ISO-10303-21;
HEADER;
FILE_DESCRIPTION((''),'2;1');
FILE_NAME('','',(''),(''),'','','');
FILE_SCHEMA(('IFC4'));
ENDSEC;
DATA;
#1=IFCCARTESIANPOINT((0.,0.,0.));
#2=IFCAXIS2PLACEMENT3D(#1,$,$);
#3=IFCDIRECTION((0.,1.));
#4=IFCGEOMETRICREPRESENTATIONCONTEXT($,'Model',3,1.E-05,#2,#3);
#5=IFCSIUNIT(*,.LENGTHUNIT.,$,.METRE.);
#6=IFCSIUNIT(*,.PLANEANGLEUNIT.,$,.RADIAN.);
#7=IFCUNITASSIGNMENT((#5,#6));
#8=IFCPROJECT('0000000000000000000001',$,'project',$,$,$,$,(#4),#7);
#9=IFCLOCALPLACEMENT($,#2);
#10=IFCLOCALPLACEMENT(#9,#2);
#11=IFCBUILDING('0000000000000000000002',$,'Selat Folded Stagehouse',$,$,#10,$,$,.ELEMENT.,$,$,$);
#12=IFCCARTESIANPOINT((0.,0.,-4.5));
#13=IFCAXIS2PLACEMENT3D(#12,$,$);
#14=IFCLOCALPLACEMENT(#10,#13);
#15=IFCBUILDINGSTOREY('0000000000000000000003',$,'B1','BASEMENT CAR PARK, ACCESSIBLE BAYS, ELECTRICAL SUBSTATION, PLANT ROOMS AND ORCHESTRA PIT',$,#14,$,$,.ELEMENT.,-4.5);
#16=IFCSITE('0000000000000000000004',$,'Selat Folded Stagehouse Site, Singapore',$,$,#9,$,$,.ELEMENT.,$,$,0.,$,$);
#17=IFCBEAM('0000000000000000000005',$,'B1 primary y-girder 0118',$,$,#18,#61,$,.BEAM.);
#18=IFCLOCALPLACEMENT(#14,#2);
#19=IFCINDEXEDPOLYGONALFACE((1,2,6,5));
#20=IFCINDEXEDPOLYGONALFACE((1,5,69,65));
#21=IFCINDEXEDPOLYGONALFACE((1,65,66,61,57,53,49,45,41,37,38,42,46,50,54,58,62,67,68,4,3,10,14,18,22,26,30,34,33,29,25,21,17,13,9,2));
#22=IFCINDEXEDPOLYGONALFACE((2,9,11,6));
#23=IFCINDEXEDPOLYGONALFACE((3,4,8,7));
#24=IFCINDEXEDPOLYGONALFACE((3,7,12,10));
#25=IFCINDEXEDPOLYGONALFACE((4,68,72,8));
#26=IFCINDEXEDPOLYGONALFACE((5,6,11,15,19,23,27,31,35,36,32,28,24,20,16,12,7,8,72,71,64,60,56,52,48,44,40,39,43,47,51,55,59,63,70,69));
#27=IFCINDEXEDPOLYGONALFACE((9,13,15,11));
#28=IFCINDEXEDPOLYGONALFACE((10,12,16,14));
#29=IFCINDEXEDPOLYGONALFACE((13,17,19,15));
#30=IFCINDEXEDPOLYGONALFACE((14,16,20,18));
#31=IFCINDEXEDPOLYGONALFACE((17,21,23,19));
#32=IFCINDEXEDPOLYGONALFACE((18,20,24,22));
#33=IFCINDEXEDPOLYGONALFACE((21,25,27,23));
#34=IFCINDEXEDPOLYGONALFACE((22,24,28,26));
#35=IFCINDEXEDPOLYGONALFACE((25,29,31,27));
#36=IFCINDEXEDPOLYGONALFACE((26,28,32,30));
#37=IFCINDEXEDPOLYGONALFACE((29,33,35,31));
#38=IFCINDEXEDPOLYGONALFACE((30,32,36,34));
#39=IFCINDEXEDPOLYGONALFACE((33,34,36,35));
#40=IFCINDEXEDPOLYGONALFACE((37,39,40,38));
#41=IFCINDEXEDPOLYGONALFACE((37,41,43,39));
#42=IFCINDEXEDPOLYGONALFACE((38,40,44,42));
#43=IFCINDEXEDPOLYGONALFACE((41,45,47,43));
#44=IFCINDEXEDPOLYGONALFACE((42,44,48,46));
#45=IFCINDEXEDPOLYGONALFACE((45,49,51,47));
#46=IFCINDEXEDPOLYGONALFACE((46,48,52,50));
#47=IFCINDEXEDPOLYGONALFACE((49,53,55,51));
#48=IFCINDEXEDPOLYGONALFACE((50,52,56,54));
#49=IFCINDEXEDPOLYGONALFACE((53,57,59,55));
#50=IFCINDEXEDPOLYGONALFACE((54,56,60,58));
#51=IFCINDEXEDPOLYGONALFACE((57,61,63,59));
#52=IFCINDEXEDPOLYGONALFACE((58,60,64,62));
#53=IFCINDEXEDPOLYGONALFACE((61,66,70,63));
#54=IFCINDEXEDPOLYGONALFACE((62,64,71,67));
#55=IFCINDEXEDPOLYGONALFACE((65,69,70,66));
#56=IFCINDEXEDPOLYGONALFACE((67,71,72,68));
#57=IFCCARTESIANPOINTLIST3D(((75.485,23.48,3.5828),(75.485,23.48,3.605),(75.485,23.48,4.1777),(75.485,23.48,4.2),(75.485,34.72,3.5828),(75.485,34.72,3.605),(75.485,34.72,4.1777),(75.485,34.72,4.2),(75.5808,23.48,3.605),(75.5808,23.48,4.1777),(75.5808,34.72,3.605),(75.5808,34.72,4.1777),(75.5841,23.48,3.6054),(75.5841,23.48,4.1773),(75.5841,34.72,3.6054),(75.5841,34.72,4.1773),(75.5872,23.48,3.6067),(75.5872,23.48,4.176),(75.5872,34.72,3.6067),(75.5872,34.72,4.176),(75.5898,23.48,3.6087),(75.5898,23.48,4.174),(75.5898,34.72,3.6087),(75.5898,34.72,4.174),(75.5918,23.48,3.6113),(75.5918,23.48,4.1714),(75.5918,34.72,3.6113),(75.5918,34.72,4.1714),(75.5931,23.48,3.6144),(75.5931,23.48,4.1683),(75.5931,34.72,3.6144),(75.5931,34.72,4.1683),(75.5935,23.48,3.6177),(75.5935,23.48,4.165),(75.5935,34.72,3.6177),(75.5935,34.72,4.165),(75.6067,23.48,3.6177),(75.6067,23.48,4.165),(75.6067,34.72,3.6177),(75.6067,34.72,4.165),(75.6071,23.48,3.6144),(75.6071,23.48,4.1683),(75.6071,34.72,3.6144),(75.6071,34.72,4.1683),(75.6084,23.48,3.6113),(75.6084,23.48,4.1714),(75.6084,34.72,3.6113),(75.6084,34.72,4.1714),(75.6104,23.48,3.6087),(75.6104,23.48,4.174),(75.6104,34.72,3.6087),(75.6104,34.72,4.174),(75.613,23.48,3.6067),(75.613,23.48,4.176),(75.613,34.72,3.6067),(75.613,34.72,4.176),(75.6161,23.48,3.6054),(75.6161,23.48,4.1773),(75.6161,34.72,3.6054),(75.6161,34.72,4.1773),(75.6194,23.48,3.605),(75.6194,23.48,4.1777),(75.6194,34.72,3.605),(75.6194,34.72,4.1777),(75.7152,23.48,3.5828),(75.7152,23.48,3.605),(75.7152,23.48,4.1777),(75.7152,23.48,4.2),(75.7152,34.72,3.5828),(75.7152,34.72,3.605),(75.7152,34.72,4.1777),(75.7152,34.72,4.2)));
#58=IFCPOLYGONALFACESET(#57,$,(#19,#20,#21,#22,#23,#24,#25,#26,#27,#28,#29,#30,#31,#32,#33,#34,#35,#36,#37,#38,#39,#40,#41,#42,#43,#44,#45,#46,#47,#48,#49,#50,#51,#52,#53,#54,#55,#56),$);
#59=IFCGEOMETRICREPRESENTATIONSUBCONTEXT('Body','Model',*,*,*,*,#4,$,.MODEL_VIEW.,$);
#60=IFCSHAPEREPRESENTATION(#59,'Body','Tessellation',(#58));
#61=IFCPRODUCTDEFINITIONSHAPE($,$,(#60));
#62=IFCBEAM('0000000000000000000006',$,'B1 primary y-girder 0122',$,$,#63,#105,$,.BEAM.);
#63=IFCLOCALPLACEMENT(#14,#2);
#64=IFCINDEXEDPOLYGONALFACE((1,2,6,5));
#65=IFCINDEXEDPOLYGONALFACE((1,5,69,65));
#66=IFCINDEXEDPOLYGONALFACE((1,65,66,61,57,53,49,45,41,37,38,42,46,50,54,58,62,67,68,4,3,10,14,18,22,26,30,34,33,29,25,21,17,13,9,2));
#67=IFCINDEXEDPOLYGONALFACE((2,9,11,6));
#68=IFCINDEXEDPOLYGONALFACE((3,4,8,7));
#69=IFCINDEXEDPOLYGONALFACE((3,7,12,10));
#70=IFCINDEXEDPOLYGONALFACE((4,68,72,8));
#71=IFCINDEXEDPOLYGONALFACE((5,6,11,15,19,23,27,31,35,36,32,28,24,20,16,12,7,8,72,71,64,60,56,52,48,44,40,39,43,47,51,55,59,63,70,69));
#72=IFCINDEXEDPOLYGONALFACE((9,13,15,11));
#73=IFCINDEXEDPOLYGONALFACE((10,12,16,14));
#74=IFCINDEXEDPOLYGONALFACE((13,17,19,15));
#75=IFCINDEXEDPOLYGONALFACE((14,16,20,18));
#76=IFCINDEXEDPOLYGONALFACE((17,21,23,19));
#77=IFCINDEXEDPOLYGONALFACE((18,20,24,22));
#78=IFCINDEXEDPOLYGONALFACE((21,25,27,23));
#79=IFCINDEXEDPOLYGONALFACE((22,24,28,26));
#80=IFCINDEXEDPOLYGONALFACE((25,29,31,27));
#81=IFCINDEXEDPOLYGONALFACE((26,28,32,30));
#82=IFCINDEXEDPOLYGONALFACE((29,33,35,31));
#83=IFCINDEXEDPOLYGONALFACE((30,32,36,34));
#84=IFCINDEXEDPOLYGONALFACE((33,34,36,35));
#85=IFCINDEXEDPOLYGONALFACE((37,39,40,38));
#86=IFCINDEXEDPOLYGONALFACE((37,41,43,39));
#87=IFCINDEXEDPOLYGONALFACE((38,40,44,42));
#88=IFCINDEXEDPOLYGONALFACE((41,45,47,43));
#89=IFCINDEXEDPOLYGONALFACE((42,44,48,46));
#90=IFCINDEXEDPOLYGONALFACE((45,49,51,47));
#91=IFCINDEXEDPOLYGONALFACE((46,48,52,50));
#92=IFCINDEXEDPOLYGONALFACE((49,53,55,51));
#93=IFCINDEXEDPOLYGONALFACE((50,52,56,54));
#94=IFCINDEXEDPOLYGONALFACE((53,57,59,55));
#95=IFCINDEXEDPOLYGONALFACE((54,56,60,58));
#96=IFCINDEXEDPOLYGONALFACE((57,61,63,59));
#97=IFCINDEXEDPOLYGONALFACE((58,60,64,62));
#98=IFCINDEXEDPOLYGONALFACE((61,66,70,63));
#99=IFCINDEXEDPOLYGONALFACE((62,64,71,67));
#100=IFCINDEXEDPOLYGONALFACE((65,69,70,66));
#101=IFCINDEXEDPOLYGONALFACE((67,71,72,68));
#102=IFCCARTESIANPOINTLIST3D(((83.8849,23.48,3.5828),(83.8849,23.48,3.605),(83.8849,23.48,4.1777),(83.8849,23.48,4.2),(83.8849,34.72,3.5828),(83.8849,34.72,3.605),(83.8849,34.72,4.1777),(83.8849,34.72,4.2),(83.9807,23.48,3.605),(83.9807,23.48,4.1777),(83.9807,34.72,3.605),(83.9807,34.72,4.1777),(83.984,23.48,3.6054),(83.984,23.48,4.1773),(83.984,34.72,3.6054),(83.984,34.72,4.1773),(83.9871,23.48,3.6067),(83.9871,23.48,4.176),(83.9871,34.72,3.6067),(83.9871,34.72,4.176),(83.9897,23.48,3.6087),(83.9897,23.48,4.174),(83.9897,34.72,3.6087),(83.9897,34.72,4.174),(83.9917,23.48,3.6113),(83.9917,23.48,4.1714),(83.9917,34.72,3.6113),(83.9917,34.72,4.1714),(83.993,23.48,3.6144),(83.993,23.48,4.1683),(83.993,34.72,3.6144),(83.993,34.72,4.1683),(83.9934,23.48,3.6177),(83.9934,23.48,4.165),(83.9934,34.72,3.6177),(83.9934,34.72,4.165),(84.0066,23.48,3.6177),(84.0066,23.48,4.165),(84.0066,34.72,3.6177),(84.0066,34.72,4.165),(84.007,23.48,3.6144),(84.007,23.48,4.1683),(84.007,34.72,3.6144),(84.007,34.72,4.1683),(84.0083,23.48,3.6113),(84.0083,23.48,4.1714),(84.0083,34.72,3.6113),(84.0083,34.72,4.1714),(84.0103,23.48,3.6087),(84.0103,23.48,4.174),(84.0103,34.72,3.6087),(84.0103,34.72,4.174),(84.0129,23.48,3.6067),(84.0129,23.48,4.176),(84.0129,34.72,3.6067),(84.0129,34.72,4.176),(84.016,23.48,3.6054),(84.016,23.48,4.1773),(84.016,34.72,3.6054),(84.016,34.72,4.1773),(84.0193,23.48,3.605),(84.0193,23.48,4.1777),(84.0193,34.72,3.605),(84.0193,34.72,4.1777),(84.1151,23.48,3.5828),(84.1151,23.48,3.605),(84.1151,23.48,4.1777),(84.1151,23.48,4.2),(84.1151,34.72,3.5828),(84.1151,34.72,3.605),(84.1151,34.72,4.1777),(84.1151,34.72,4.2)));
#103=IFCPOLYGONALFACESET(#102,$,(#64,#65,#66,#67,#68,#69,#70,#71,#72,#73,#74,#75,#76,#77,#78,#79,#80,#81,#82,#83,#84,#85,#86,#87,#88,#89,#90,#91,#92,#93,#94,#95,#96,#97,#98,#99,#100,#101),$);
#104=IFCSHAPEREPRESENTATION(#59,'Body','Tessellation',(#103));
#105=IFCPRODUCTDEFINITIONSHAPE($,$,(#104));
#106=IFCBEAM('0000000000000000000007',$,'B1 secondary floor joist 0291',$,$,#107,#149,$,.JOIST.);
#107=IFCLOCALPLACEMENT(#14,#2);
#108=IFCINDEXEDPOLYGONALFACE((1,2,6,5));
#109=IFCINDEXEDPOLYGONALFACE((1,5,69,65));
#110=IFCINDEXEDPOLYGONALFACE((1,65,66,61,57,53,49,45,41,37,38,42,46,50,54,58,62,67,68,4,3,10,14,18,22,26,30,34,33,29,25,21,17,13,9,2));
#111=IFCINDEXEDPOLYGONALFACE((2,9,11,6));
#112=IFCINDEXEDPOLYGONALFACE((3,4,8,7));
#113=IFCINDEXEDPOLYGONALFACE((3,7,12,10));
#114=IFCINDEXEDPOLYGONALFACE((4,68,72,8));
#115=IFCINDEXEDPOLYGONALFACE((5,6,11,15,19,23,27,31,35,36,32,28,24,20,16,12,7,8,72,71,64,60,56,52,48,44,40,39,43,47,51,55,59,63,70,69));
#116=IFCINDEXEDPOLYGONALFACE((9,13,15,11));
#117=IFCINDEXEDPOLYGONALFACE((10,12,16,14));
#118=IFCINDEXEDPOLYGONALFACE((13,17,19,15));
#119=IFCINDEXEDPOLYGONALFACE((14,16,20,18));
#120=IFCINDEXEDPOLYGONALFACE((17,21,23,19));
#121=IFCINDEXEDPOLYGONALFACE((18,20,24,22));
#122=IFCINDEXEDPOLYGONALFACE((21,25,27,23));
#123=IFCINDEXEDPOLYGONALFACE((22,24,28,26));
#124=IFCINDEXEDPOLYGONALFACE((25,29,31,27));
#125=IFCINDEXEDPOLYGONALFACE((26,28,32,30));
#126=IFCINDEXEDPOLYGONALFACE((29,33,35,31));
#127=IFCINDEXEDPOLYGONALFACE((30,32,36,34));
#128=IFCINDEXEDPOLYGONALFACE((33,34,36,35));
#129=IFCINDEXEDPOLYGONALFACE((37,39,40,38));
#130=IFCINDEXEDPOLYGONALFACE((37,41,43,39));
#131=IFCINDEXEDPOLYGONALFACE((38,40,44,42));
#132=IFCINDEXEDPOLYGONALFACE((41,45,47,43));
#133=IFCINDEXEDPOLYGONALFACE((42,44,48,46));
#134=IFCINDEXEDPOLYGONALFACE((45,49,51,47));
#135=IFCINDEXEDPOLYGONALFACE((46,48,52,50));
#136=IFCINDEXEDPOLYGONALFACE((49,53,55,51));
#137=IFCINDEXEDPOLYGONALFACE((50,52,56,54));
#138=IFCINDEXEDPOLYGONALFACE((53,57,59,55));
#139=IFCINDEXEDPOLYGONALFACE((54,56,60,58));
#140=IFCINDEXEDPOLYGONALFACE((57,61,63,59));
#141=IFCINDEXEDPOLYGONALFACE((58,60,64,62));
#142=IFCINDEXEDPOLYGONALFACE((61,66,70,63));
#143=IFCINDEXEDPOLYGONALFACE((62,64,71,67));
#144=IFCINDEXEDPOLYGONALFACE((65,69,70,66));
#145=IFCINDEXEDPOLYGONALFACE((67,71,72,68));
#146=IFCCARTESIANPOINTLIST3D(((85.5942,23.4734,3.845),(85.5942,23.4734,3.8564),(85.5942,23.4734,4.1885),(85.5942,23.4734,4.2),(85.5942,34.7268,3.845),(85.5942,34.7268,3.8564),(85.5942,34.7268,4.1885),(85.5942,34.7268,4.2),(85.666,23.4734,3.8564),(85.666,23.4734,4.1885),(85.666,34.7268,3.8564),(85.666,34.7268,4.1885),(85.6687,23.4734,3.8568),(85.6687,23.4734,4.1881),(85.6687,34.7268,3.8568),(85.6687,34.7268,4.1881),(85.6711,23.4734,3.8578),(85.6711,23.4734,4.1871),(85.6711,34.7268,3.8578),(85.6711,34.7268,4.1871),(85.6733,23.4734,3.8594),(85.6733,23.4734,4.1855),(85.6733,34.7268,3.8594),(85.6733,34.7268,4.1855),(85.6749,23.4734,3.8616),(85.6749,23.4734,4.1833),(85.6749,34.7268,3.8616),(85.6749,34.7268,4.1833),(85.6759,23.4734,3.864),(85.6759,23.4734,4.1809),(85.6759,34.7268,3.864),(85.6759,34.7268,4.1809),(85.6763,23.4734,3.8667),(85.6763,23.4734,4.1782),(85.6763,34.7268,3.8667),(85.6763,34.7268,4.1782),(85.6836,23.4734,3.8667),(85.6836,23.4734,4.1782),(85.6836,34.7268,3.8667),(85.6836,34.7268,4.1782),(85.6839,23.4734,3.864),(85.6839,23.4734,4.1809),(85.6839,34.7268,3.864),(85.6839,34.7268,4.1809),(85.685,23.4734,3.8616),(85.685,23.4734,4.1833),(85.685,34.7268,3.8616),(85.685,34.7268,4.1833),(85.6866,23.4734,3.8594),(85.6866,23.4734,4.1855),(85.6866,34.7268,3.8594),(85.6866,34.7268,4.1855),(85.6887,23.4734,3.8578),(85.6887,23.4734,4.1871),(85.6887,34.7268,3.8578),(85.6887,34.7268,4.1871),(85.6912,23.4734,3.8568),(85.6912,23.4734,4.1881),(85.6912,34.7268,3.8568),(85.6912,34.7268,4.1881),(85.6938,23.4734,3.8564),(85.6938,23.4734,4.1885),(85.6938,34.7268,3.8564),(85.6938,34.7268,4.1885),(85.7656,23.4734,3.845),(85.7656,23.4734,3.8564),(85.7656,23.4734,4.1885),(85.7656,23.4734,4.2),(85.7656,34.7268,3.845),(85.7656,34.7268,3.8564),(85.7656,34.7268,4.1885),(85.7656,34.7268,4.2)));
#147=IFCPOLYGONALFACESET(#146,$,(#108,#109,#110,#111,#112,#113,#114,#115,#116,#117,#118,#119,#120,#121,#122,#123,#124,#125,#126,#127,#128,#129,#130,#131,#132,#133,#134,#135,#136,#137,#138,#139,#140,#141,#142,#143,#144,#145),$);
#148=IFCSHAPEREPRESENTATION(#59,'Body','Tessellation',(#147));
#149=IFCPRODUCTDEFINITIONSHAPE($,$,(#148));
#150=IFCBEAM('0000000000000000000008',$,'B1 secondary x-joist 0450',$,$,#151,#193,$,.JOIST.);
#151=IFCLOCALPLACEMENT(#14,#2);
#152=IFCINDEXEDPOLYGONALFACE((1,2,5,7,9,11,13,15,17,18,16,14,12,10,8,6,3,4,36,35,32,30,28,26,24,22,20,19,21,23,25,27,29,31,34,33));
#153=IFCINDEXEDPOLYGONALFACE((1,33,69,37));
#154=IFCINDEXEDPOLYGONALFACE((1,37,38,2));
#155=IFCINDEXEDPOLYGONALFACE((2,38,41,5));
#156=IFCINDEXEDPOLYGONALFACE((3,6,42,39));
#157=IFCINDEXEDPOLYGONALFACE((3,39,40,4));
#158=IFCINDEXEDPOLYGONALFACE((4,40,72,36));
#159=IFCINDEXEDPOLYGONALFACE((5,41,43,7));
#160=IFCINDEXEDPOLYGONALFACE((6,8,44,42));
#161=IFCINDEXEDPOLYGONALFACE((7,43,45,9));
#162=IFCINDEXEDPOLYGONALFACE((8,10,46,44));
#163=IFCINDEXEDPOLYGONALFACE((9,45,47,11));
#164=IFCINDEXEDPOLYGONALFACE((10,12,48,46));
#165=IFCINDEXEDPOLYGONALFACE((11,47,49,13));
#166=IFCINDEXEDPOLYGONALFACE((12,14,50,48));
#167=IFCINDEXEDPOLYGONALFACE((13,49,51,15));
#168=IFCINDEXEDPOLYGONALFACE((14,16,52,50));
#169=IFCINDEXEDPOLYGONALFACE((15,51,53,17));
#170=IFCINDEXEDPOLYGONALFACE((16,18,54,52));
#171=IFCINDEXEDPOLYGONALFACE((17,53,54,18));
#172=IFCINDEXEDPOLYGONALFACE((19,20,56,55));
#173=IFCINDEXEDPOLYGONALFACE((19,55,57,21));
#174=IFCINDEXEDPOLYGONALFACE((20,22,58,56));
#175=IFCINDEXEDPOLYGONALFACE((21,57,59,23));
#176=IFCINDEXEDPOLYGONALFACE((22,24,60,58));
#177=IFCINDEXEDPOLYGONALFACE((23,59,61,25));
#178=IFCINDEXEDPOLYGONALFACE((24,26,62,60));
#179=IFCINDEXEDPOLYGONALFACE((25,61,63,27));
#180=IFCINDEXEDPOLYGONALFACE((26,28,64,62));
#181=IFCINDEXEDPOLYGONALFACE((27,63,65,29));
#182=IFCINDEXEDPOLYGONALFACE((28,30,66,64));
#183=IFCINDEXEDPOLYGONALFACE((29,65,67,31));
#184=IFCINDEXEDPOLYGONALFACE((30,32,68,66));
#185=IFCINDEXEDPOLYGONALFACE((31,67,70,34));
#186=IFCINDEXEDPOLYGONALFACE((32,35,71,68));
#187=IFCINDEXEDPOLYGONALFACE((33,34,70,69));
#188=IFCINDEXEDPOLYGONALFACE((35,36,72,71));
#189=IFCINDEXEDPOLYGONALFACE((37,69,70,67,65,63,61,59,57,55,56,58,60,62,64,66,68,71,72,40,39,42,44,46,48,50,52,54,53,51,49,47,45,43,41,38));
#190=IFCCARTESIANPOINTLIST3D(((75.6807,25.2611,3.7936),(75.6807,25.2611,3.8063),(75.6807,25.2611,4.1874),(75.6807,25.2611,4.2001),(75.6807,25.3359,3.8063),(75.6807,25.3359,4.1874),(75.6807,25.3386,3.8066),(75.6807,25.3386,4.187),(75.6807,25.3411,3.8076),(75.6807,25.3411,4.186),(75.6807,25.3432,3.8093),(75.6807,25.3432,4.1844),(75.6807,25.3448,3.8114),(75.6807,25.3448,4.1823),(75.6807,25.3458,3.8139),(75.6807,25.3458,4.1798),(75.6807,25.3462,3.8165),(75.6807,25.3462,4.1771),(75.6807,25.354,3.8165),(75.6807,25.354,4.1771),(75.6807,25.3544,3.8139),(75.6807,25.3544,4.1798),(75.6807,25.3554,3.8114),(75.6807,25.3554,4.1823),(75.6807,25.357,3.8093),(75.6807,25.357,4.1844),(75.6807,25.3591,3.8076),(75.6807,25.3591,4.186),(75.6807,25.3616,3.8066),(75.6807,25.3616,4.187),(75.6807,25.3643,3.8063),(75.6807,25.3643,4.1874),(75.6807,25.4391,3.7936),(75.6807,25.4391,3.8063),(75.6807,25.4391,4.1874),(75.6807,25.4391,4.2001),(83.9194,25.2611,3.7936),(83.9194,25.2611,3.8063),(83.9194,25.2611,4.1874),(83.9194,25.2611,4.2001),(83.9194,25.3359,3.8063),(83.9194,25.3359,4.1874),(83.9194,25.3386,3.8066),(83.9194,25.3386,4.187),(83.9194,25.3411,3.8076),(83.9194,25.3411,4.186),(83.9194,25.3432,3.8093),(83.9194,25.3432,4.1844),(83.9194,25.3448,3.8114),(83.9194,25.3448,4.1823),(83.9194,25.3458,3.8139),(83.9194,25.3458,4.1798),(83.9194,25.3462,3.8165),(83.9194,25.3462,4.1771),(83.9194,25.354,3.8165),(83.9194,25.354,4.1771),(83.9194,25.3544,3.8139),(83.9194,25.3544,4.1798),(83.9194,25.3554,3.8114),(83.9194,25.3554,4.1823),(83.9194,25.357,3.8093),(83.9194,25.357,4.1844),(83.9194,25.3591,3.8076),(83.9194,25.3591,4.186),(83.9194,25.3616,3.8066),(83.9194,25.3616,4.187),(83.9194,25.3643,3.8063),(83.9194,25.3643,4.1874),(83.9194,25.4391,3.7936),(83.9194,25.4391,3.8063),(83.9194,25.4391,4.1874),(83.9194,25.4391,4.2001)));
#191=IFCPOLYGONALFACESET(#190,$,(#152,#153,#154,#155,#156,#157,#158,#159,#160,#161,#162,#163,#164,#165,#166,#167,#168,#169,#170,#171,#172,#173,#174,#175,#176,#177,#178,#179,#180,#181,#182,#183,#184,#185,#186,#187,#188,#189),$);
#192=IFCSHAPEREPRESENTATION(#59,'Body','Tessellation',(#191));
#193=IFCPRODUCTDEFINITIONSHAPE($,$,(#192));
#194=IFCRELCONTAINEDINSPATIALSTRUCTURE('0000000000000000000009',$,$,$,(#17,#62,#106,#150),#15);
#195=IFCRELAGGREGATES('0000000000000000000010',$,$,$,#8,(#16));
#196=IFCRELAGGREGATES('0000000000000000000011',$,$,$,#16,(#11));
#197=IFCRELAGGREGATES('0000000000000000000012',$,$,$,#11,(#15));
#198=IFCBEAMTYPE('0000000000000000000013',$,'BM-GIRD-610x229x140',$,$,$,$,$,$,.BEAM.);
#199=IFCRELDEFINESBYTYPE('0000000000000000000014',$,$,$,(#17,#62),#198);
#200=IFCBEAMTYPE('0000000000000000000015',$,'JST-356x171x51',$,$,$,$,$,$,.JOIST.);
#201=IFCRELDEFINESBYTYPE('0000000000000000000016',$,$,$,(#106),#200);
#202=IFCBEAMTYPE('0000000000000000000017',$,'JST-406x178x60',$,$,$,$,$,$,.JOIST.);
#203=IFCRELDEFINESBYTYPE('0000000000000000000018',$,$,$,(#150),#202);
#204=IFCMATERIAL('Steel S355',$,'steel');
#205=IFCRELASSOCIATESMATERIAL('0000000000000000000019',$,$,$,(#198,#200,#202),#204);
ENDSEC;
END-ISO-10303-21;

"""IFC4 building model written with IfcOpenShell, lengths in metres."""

from ifc_helpers import new_model, si_unit, direction, frame, origin, origin_2d, place, context, subcontext, project, spatial, i_section, extrude, material, material_profile, profile_set, type_object, element, save


model = new_model("IFC4")

# Units and contexts
model_context = context("Model", 3, precision=1e-05, world=origin(), true_north=direction((0.0, 1.0)))
body_context = subcontext(model_context, "Body", "Model", "MODEL_VIEW")
ifc_project = project(units=[si_unit("LENGTHUNIT", "METRE"), si_unit("PLANEANGLEUNIT", "RADIAN")], contexts=[model_context])

# Site, building, storey
site_placement = place(None, origin())
site = spatial("IfcSite", under=ifc_project, at=site_placement, Name="Selat Folded Stagehouse Site, Singapore", CompositionType="ELEMENT", RefElevation=0.0)
building_placement = place(site_placement, origin())
building = spatial("IfcBuilding", under=site, at=building_placement, Name="Selat Folded Stagehouse", CompositionType="ELEMENT")
storey_placement = place(building_placement, frame((0.0, 0.0, -4.5)))
storey = spatial("IfcBuildingStorey", under=building, at=storey_placement, Name="B1", Description="BASEMENT CAR PARK, ACCESSIBLE BAYS, ELECTRICAL SUBSTATION, PLANT ROOMS AND ORCHESTRA PIT", CompositionType="ELEMENT", Elevation=-4.5)

# Beams
ifc_material_1 = material(Name="Steel S355", Category="steel")
ifc_material_profile_1 = material_profile(ifc_material_1, i_section(OverallWidth=0.2302, OverallDepth=0.6172, WebThickness=0.0132, FlangeThickness=0.0222, FilletRadius=0.0127, at=origin_2d()), Name="UKB 610x229x140")
ifc_profile_set_1 = profile_set([ifc_material_profile_1], Name="Steel S355")
beam_type_1 = type_object("IfcBeamType", Name="BM-GIRD-610x229x140", PredefinedType="BEAM", material=ifc_profile_set_1)
for number, where, z_axis, x_axis, name in (
    (1, (75.6001, 23.48, 3.8914), (0.0, 1.0, 0.0), (-1.0, 0.0, 0.0), "B1 primary y-girder 0118"),
    (2, (84.0, 23.48, 3.8914), (0.0, 1.0, 0.0), (-1.0, 0.0, 0.0), "B1 primary y-girder 0122"),
):
    element("IfcBeam", number, at=place(storey_placement, frame(where, z_axis=z_axis, x_axis=x_axis)), inside=storey, type_object=beam_type_1, Name=name, PredefinedType="BEAM", context=body_context, shape_type="SweptSolid", body=[
        extrude(i_section(OverallWidth=0.2302, OverallDepth=0.6172, WebThickness=0.0132, FlangeThickness=0.0222, FilletRadius=0.0127, at=origin_2d()), origin(), (0.0, 0.0, 1.0), 11.24),
    ])
ifc_material_profile_2 = material_profile(ifc_material_1, i_section(OverallWidth=0.1714, OverallDepth=0.355, WebThickness=0.0073, FlangeThickness=0.0115, FilletRadius=0.0103, at=origin_2d()), Name="UKB 356x171x51")
ifc_profile_set_2 = profile_set([ifc_material_profile_2], Name="Steel S355")
beam_type_2 = type_object("IfcBeamType", Name="JST-356x171x51", PredefinedType="JOIST", material=ifc_profile_set_2)
beam_1_placement = place(storey_placement, frame((85.6799, 23.4734, 4.0225), z_axis=(0.0, 1.0, 0.0), x_axis=(-1.0, 0.0, 0.0)))
element("IfcBeam", 3, at=beam_1_placement, inside=storey, type_object=beam_type_2, Name="B1 secondary floor joist 0291", PredefinedType="JOIST", context=body_context, shape_type="SweptSolid", body=[
    extrude(i_section(OverallWidth=0.1714, OverallDepth=0.355, WebThickness=0.0073, FlangeThickness=0.0115, FilletRadius=0.0103, at=origin_2d()), origin(), (0.0, 0.0, 1.0), 11.2534),
])
ifc_material_profile_3 = material_profile(ifc_material_1, i_section(OverallWidth=0.178, OverallDepth=0.4065, WebThickness=0.0078, FlangeThickness=0.0127, FilletRadius=0.0103, at=origin_2d()), Name="UKB 406x178x60")
ifc_profile_set_3 = profile_set([ifc_material_profile_3], Name="Steel S355")
beam_type_3 = type_object("IfcBeamType", Name="JST-406x178x60", PredefinedType="JOIST", material=ifc_profile_set_3)
for number, where, z_axis, x_axis, name in (
    (4, (75.6807, 25.3501, 3.9968), (1.0, 0.0, 0.0), (0.0, 1.0, 0.0), "B1 secondary x-joist 0450"),
):
    element("IfcBeam", number, at=place(storey_placement, frame(where, z_axis=z_axis, x_axis=x_axis)), inside=storey, type_object=beam_type_3, Name=name, PredefinedType="JOIST", context=body_context, shape_type="SweptSolid", body=[
        extrude(i_section(OverallWidth=0.178, OverallDepth=0.4065, WebThickness=0.0078, FlangeThickness=0.0127, FilletRadius=0.0103, at=origin_2d()), origin(), (0.0, 0.0, 1.0), 8.2388),
    ])

save(model, "model.ifc")
